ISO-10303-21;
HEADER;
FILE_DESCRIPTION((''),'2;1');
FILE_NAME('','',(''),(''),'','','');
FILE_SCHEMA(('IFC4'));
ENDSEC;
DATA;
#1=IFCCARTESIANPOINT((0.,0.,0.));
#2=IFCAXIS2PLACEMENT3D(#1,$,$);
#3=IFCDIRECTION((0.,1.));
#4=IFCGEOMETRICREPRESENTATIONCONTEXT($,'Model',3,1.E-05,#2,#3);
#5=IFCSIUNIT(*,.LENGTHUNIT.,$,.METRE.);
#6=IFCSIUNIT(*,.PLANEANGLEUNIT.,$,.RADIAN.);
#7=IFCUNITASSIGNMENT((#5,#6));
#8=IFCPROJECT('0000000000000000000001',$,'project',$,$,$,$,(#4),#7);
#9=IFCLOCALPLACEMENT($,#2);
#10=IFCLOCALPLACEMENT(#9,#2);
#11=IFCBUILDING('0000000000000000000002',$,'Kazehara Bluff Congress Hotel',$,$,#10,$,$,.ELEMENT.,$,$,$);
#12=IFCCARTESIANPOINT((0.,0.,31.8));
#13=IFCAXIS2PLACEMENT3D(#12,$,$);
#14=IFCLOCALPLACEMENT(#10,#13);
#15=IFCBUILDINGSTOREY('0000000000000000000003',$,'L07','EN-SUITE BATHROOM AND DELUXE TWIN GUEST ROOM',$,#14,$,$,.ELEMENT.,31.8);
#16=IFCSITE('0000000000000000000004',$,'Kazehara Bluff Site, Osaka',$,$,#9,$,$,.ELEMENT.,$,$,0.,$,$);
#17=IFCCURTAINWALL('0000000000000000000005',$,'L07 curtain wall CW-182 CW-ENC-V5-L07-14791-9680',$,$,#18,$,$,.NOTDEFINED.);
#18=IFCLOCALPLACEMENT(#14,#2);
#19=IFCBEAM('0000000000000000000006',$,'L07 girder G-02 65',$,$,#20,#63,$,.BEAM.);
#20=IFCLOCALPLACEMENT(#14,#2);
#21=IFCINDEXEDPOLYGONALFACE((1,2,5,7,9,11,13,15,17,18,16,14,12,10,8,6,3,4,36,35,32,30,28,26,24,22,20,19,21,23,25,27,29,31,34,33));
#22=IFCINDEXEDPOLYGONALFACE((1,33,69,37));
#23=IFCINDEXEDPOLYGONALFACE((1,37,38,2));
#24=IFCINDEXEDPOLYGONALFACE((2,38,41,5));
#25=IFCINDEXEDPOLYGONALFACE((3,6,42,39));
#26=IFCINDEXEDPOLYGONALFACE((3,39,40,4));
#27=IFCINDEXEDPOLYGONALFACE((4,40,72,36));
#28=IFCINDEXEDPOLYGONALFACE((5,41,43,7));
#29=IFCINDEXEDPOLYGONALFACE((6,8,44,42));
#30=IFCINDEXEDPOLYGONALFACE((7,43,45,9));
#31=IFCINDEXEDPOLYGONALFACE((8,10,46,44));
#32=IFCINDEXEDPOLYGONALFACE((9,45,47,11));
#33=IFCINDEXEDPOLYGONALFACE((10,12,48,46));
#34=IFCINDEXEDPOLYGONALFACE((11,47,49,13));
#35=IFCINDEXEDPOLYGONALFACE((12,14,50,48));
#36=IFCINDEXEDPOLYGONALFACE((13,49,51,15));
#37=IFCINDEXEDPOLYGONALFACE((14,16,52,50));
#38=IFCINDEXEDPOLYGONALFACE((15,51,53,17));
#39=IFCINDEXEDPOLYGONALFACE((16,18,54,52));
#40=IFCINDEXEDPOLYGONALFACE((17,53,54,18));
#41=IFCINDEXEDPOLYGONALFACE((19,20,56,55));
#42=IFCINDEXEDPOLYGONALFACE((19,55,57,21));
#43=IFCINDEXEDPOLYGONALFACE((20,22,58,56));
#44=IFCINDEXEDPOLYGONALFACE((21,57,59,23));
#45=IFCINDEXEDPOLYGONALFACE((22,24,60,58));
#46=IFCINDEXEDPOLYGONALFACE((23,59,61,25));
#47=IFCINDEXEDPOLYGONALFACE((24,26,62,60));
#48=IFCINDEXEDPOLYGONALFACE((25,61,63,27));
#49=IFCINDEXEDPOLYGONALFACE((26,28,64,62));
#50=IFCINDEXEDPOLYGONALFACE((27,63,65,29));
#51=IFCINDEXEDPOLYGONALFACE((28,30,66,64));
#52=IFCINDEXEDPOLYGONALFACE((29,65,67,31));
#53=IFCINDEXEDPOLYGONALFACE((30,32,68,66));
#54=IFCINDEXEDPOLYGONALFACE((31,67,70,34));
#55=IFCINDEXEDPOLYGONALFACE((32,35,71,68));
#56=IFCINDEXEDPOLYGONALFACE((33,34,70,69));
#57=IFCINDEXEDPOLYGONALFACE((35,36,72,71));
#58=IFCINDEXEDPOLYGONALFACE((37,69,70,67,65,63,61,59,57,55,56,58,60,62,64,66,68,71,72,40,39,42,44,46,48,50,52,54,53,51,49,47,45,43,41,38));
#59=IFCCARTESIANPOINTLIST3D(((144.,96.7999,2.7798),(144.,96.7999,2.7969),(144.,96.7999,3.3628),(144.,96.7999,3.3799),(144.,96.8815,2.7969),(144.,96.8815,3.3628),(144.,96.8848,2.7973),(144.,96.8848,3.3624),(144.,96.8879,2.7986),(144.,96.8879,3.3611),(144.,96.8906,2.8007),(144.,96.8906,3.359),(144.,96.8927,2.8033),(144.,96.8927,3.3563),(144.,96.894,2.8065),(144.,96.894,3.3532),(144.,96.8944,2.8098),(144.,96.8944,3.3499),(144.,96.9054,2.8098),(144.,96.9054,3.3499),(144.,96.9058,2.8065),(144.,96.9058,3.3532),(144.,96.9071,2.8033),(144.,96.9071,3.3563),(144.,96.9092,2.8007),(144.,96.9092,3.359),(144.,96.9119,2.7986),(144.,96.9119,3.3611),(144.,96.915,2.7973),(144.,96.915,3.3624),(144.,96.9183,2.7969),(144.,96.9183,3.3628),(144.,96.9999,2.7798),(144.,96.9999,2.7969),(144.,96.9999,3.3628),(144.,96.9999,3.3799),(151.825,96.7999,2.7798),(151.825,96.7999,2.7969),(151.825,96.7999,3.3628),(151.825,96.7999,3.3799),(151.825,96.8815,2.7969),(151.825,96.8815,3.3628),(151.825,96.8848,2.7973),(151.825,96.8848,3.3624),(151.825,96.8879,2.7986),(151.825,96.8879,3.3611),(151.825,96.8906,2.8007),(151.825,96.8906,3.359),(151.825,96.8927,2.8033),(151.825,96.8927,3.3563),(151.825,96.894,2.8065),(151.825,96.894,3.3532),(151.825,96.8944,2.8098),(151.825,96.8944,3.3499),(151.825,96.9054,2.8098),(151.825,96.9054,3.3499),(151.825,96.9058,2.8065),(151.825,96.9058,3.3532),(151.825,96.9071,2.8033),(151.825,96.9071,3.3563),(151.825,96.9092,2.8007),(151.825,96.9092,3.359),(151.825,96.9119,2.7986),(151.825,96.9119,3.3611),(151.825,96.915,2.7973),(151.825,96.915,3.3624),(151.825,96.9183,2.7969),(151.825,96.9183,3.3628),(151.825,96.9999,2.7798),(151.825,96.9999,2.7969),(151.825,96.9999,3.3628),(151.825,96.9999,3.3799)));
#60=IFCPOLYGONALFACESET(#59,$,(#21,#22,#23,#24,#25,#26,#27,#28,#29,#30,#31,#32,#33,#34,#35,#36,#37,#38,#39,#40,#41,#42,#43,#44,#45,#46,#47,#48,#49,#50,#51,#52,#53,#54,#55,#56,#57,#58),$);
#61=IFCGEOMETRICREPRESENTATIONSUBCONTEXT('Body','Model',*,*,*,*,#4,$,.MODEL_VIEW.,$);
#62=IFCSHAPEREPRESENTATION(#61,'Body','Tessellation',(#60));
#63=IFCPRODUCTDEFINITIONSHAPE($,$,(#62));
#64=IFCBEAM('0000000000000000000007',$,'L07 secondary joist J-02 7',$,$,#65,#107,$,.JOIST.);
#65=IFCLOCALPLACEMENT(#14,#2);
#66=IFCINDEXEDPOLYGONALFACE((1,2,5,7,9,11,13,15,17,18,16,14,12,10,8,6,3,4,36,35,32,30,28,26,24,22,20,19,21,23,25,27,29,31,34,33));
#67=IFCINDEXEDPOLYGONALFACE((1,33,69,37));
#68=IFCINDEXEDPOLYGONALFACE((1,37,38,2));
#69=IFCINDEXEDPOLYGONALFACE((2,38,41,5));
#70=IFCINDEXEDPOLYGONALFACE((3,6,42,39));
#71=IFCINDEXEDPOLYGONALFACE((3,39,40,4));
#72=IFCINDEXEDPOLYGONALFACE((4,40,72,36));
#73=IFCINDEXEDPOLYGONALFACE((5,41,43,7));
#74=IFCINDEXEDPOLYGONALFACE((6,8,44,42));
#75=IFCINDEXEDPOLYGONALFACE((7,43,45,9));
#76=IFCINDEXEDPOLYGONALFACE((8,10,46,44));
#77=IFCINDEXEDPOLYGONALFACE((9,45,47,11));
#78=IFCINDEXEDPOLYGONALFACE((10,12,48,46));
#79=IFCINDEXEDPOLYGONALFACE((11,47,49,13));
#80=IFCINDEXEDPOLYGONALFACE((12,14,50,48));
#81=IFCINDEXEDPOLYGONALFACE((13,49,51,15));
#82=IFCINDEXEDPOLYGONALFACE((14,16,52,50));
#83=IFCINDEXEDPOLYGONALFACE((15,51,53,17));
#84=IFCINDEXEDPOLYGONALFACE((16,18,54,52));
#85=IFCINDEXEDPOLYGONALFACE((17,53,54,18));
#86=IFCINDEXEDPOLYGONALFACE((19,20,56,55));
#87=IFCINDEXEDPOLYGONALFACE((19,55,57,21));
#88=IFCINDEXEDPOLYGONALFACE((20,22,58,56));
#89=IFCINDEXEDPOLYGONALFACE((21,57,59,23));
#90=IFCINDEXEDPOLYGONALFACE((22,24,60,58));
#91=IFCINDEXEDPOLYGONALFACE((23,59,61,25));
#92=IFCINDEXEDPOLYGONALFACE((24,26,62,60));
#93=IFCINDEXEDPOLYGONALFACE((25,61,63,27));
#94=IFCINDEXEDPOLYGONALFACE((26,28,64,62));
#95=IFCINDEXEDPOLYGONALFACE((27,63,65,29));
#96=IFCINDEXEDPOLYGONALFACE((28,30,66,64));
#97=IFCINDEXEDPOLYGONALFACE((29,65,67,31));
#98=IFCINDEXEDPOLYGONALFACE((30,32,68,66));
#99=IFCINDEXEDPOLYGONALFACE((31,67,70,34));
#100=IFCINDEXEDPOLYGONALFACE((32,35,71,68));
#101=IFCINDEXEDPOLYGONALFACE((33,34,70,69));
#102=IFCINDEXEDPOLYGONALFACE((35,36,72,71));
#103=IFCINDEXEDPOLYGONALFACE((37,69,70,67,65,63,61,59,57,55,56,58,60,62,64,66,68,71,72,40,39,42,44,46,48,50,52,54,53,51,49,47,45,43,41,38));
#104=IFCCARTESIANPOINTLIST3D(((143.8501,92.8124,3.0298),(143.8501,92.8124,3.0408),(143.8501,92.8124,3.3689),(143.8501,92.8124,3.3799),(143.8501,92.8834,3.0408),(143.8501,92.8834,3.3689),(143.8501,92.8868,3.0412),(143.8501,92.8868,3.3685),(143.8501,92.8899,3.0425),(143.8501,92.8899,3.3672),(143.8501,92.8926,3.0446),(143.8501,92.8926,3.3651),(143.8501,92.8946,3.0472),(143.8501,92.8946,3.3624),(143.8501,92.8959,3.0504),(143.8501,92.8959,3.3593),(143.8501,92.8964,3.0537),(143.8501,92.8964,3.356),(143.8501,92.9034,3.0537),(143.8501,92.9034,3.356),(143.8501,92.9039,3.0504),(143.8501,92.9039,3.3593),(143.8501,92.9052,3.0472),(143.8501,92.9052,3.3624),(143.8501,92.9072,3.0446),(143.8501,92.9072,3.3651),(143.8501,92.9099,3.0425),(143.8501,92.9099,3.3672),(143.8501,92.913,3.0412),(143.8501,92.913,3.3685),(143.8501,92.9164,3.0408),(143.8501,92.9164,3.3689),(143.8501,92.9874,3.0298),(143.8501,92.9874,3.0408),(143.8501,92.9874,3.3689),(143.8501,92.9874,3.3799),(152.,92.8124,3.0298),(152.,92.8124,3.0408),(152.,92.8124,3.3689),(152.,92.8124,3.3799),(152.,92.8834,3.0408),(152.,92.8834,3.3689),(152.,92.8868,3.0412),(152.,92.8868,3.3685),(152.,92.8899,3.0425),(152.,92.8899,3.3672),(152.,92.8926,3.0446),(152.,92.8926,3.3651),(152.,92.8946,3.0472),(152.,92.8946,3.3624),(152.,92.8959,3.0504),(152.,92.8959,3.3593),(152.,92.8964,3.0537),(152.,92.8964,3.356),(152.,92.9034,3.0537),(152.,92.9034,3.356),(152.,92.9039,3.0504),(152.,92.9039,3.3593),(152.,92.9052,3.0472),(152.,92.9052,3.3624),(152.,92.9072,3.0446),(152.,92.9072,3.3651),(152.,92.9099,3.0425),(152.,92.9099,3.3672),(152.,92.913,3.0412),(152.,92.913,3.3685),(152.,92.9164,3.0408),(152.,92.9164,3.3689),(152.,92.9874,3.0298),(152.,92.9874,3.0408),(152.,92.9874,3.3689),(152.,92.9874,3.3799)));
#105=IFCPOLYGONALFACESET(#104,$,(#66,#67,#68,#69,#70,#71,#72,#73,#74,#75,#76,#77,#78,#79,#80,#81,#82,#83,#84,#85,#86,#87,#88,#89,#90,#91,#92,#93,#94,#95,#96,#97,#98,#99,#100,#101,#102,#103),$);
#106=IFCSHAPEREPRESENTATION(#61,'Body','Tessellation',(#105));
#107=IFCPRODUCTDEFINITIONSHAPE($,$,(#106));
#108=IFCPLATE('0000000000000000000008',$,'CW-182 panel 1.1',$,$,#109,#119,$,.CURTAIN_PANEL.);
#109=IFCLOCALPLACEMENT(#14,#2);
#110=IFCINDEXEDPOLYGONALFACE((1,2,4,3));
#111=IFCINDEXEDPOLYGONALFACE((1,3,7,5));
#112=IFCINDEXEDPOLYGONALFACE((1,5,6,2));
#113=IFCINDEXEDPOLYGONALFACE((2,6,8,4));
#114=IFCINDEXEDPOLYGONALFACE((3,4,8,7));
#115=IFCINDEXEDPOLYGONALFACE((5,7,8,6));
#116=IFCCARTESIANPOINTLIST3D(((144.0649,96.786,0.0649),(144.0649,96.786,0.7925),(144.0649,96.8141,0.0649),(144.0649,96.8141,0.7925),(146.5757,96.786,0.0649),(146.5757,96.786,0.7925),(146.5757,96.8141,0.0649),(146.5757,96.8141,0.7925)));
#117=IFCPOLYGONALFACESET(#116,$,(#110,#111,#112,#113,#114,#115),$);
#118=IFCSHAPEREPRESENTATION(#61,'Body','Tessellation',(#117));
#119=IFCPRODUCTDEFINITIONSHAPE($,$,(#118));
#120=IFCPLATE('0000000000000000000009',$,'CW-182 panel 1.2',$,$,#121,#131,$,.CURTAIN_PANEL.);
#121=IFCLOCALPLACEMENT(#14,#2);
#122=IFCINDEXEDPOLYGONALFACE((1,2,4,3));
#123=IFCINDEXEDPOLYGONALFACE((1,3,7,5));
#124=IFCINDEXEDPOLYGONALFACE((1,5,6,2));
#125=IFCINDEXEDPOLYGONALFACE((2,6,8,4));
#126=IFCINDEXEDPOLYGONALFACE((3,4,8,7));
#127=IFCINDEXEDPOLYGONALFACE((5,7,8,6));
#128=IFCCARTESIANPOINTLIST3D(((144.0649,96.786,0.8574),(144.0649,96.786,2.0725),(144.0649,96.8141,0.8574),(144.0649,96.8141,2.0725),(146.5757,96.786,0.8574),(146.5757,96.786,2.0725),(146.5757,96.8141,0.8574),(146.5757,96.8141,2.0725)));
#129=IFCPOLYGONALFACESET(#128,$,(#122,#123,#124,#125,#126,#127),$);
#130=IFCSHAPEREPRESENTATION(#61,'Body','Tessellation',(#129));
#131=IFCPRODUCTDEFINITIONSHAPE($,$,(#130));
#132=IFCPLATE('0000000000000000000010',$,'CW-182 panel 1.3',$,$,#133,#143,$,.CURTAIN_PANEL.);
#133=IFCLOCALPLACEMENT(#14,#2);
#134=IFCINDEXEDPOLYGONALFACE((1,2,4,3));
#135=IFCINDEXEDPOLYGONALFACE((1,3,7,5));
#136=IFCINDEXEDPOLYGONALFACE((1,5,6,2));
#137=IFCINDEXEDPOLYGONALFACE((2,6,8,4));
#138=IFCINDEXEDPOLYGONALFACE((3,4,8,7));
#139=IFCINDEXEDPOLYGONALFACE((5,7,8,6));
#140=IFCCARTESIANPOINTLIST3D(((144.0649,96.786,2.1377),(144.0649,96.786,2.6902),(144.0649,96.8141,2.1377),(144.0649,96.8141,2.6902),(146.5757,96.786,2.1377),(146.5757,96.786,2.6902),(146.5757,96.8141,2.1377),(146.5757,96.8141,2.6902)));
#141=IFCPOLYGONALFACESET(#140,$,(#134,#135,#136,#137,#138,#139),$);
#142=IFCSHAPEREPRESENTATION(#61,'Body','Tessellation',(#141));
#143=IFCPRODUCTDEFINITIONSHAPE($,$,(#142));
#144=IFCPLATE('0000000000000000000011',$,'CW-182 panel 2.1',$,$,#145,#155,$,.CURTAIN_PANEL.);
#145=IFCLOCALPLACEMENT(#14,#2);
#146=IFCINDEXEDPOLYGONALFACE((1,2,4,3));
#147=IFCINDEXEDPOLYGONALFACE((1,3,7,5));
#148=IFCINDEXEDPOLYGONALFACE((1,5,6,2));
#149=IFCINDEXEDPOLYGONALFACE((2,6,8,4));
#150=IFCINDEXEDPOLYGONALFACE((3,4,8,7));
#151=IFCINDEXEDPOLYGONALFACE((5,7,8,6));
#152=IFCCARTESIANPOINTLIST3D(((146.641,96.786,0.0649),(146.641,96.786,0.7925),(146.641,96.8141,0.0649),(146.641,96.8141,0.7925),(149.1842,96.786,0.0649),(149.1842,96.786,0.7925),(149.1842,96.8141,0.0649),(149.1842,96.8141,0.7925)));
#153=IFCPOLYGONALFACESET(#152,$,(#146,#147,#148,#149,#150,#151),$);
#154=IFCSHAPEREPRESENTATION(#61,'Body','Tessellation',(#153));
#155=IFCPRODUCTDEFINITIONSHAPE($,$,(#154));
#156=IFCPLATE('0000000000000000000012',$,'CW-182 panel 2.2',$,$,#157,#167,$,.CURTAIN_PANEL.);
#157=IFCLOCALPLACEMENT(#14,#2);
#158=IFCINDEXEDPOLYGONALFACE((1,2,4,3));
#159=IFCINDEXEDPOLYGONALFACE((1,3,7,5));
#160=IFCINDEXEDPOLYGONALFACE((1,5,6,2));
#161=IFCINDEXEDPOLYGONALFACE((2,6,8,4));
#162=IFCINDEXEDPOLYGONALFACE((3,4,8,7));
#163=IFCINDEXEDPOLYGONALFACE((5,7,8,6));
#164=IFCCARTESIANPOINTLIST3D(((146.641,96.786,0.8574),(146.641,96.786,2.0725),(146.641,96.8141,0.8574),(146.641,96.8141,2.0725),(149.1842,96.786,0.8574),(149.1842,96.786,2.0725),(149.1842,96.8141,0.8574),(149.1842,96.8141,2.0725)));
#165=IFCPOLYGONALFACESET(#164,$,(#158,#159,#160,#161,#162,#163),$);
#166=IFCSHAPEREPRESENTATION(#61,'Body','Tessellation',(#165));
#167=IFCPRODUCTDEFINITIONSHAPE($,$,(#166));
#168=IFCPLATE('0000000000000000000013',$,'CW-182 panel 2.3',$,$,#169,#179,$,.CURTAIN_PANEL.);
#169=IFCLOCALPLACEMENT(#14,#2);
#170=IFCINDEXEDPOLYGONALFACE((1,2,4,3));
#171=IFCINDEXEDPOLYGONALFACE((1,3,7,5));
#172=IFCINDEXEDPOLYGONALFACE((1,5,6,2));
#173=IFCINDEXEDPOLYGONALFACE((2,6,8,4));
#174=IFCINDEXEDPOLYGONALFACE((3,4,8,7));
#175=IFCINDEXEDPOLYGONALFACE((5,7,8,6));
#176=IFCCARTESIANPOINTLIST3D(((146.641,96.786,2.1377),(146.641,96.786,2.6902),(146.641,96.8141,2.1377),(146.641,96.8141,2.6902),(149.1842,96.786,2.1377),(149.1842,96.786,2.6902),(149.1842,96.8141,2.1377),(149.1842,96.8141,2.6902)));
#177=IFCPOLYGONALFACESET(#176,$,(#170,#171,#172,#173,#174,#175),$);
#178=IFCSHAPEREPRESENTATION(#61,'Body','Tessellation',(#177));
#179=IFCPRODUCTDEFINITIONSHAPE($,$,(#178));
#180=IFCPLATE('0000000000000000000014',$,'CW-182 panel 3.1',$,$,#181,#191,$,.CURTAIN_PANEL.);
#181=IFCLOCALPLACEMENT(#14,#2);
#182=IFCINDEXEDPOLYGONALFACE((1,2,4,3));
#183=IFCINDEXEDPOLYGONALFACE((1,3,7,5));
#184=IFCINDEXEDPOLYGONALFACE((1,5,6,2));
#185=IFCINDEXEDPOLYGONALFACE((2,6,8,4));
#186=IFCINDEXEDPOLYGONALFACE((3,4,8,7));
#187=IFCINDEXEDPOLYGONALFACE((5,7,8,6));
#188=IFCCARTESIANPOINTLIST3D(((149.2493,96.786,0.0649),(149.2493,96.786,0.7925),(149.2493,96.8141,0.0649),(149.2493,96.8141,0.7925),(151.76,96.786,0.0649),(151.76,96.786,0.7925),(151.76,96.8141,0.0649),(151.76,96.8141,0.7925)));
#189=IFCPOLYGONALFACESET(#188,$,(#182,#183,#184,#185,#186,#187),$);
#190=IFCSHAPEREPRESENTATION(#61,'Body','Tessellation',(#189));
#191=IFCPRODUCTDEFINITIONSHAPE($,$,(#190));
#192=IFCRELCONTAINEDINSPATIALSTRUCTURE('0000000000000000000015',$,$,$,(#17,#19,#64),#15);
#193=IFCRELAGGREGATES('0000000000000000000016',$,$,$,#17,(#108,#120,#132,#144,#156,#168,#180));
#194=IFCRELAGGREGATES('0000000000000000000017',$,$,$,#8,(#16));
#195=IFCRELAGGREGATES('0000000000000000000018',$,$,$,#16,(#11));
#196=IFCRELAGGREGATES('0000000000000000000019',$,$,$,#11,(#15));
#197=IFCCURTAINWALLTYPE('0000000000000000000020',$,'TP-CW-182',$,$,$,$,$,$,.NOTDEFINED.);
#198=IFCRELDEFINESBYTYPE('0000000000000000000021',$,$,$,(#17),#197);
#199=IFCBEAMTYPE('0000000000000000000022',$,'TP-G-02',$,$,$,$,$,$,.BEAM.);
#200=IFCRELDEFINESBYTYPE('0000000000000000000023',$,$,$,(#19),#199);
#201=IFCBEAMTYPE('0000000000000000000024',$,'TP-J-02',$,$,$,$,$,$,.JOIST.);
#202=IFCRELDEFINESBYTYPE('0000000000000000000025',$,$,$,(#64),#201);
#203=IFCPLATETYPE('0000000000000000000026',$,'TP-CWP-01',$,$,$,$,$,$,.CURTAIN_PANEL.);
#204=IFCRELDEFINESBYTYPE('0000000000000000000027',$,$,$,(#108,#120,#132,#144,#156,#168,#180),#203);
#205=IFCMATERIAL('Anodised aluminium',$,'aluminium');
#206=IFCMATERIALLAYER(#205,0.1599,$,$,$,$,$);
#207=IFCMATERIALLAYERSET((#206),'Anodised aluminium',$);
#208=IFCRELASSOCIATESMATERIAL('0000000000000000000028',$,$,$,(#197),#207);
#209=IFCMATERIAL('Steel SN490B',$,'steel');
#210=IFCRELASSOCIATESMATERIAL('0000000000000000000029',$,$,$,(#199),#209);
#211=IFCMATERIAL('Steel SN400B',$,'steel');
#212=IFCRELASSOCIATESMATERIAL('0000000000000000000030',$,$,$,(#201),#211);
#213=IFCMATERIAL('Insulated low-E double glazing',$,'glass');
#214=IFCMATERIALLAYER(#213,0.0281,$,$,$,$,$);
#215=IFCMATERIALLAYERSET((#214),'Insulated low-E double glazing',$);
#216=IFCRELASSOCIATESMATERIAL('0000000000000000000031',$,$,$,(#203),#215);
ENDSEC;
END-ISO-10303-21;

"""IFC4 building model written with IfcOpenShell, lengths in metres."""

from ifc_helpers import new_model, si_unit, direction, frame, origin, origin_2d, place, context, subcontext, project, spatial, rectangle, i_section, extrude, material, layer, layer_set, material_profile, profile_set, type_object, element, aggregate, save


model = new_model("IFC4")

# Units and contexts
model_context = context("Model", 3, precision=1e-05, world=origin(), true_north=direction((0.0, 1.0)))
body_context = subcontext(model_context, "Body", "Model", "MODEL_VIEW")
ifc_project = project(units=[si_unit("LENGTHUNIT", "METRE"), si_unit("PLANEANGLEUNIT", "RADIAN")], contexts=[model_context])

# Site, building, storey
site_placement = place(None, origin())
site = spatial("IfcSite", under=ifc_project, at=site_placement, Name="Kazehara Bluff Site, Osaka", CompositionType="ELEMENT", RefElevation=0.0)
building_placement = place(site_placement, origin())
building = spatial("IfcBuilding", under=site, at=building_placement, Name="Kazehara Bluff Congress Hotel", CompositionType="ELEMENT")
storey_placement = place(building_placement, frame((0.0, 0.0, 31.8)))
storey = spatial("IfcBuildingStorey", under=building, at=storey_placement, Name="L07", Description="EN-SUITE BATHROOM AND DELUXE TWIN GUEST ROOM", CompositionType="ELEMENT", Elevation=31.8)

# Curtain wall
ifc_material_1 = material(Name="Anodised aluminium", Category="aluminium")
ifc_layer_1 = layer(ifc_material_1, 0.1599)
ifc_layer_set_1 = layer_set([ifc_layer_1], Name="Anodised aluminium")
curtain_wall_type_1 = type_object("IfcCurtainWallType", Name="TP-CW-182", PredefinedType="NOTDEFINED", material=ifc_layer_set_1)
curtain_wall_1_placement = place(storey_placement, origin())
curtain_wall_1 = element("IfcCurtainWall", 1, at=curtain_wall_1_placement, inside=storey, type_object=curtain_wall_type_1, Name="L07 curtain wall CW-182 CW-ENC-V5-L07-14791-9680", PredefinedType="NOTDEFINED")

# Beams
ifc_material_2 = material(Name="Steel SN490B", Category="steel")
ifc_material_profile_1 = material_profile(ifc_material_2, i_section(OverallWidth=0.2, OverallDepth=0.6001, WebThickness=0.011, FlangeThickness=0.0171, FilletRadius=0.0129, at=origin_2d()))
ifc_profile_set_1 = profile_set([ifc_material_profile_1], Name="Steel SN490B")
beam_type_1 = type_object("IfcBeamType", Name="TP-G-02", PredefinedType="BEAM", material=ifc_profile_set_1)
for number, where, z_axis, x_axis, name in (
    (2, (144.0, 96.8999, 3.0798), (1.0, 0.0, 0.0), (0.0, 1.0, 0.0), "L07 girder G-02 65"),
):
    element("IfcBeam", number, at=place(storey_placement, frame(where, z_axis=z_axis, x_axis=x_axis)), inside=storey, type_object=beam_type_1, Name=name, PredefinedType="BEAM", context=body_context, shape_type="SweptSolid", body=[
        extrude(i_section(OverallWidth=0.2, OverallDepth=0.6001, WebThickness=0.011, FlangeThickness=0.0171, FilletRadius=0.0129, at=origin_2d()), origin(), (0.0, 0.0, 1.0), 7.825),
    ])
ifc_material_3 = material(Name="Steel SN400B", Category="steel")
ifc_material_profile_2 = material_profile(ifc_material_3, i_section(OverallWidth=0.175, OverallDepth=0.3501, WebThickness=0.0071, FlangeThickness=0.011, FilletRadius=0.0129, at=origin_2d()))
ifc_profile_set_2 = profile_set([ifc_material_profile_2], Name="Steel SN400B")
beam_type_2 = type_object("IfcBeamType", Name="TP-J-02", PredefinedType="JOIST", material=ifc_profile_set_2)
beam_placement = place(storey_placement, frame((143.8501, 92.8999, 3.2048), z_axis=(1.0, 0.0, 0.0), x_axis=(0.0, 1.0, 0.0)))
element("IfcBeam", 3, at=beam_placement, inside=storey, type_object=beam_type_2, Name="L07 secondary joist J-02 7", PredefinedType="JOIST", context=body_context, shape_type="SweptSolid", body=[
    extrude(i_section(OverallWidth=0.175, OverallDepth=0.3501, WebThickness=0.0071, FlangeThickness=0.011, FilletRadius=0.0129, at=origin_2d()), origin(), (0.0, 0.0, 1.0), 8.1499),
])

# Plates
ifc_material_4 = material(Name="Insulated low-E double glazing", Category="glass")
ifc_layer_2 = layer(ifc_material_4, 0.0281)
ifc_layer_set_2 = layer_set([ifc_layer_2], Name="Insulated low-E double glazing")
plate_type = type_object("IfcPlateType", Name="TP-CWP-01", PredefinedType="CURTAIN_PANEL", material=ifc_layer_set_2)
plate_1_placement = place(storey_placement, frame((145.3203, 96.8, 0.0649), z_axis=(0.0, 0.0, 1.0), x_axis=(1.0, 0.0, 0.0)))
plate_1 = element("IfcPlate", 4, at=plate_1_placement, type_object=plate_type, Name="CW-182 panel 1.1", PredefinedType="CURTAIN_PANEL", context=body_context, shape_type="SweptSolid", body=[
    extrude(rectangle(XDim=2.5107, YDim=0.0281, at=origin_2d()), origin(), (0.0, 0.0, 1.0), 0.7275),
])
plate_2_placement = place(storey_placement, frame((145.3203, 96.8, 0.8574), z_axis=(0.0, 0.0, 1.0), x_axis=(1.0, 0.0, 0.0)))
plate_2 = element("IfcPlate", 5, at=plate_2_placement, type_object=plate_type, Name="CW-182 panel 1.2", PredefinedType="CURTAIN_PANEL", context=body_context, shape_type="SweptSolid", body=[
    extrude(rectangle(XDim=2.5107, YDim=0.0281, at=origin_2d()), origin(), (0.0, 0.0, 1.0), 1.2151),
])
plate_3_placement = place(storey_placement, frame((145.3203, 96.8, 2.1377), z_axis=(0.0, 0.0, 1.0), x_axis=(1.0, 0.0, 0.0)))
plate_3 = element("IfcPlate", 6, at=plate_3_placement, type_object=plate_type, Name="CW-182 panel 1.3", PredefinedType="CURTAIN_PANEL", context=body_context, shape_type="SweptSolid", body=[
    extrude(rectangle(XDim=2.5107, YDim=0.0281, at=origin_2d()), origin(), (0.0, 0.0, 1.0), 0.5525),
])
plate_4_placement = place(storey_placement, frame((147.9126, 96.8, 0.0649), z_axis=(0.0, 0.0, 1.0), x_axis=(1.0, 0.0, 0.0)))
plate_4 = element("IfcPlate", 7, at=plate_4_placement, type_object=plate_type, Name="CW-182 panel 2.1", PredefinedType="CURTAIN_PANEL", context=body_context, shape_type="SweptSolid", body=[
    extrude(rectangle(XDim=2.5432, YDim=0.0281, at=origin_2d()), origin(), (0.0, 0.0, 1.0), 0.7275),
])
plate_5_placement = place(storey_placement, frame((147.9126, 96.8, 0.8574), z_axis=(0.0, 0.0, 1.0), x_axis=(1.0, 0.0, 0.0)))
plate_5 = element("IfcPlate", 8, at=plate_5_placement, type_object=plate_type, Name="CW-182 panel 2.2", PredefinedType="CURTAIN_PANEL", context=body_context, shape_type="SweptSolid", body=[
    extrude(rectangle(XDim=2.5432, YDim=0.0281, at=origin_2d()), origin(), (0.0, 0.0, 1.0), 1.2151),
])
plate_6_placement = place(storey_placement, frame((147.9126, 96.8, 2.1377), z_axis=(0.0, 0.0, 1.0), x_axis=(1.0, 0.0, 0.0)))
plate_6 = element("IfcPlate", 9, at=plate_6_placement, type_object=plate_type, Name="CW-182 panel 2.3", PredefinedType="CURTAIN_PANEL", context=body_context, shape_type="SweptSolid", body=[
    extrude(rectangle(XDim=2.5432, YDim=0.0281, at=origin_2d()), origin(), (0.0, 0.0, 1.0), 0.5525),
])
plate_7_placement = place(storey_placement, frame((150.5046, 96.8, 0.0649), z_axis=(0.0, 0.0, 1.0), x_axis=(1.0, 0.0, 0.0)))
plate_7 = element("IfcPlate", 10, at=plate_7_placement, type_object=plate_type, Name="CW-182 panel 3.1", PredefinedType="CURTAIN_PANEL", context=body_context, shape_type="SweptSolid", body=[
    extrude(rectangle(XDim=2.5107, YDim=0.0281, at=origin_2d()), origin(), (0.0, 0.0, 1.0), 0.7275),
])
aggregate(curtain_wall_1, [plate_1, plate_2, plate_3, plate_4, plate_5, plate_6, plate_7])

save(model, "model.ifc")
